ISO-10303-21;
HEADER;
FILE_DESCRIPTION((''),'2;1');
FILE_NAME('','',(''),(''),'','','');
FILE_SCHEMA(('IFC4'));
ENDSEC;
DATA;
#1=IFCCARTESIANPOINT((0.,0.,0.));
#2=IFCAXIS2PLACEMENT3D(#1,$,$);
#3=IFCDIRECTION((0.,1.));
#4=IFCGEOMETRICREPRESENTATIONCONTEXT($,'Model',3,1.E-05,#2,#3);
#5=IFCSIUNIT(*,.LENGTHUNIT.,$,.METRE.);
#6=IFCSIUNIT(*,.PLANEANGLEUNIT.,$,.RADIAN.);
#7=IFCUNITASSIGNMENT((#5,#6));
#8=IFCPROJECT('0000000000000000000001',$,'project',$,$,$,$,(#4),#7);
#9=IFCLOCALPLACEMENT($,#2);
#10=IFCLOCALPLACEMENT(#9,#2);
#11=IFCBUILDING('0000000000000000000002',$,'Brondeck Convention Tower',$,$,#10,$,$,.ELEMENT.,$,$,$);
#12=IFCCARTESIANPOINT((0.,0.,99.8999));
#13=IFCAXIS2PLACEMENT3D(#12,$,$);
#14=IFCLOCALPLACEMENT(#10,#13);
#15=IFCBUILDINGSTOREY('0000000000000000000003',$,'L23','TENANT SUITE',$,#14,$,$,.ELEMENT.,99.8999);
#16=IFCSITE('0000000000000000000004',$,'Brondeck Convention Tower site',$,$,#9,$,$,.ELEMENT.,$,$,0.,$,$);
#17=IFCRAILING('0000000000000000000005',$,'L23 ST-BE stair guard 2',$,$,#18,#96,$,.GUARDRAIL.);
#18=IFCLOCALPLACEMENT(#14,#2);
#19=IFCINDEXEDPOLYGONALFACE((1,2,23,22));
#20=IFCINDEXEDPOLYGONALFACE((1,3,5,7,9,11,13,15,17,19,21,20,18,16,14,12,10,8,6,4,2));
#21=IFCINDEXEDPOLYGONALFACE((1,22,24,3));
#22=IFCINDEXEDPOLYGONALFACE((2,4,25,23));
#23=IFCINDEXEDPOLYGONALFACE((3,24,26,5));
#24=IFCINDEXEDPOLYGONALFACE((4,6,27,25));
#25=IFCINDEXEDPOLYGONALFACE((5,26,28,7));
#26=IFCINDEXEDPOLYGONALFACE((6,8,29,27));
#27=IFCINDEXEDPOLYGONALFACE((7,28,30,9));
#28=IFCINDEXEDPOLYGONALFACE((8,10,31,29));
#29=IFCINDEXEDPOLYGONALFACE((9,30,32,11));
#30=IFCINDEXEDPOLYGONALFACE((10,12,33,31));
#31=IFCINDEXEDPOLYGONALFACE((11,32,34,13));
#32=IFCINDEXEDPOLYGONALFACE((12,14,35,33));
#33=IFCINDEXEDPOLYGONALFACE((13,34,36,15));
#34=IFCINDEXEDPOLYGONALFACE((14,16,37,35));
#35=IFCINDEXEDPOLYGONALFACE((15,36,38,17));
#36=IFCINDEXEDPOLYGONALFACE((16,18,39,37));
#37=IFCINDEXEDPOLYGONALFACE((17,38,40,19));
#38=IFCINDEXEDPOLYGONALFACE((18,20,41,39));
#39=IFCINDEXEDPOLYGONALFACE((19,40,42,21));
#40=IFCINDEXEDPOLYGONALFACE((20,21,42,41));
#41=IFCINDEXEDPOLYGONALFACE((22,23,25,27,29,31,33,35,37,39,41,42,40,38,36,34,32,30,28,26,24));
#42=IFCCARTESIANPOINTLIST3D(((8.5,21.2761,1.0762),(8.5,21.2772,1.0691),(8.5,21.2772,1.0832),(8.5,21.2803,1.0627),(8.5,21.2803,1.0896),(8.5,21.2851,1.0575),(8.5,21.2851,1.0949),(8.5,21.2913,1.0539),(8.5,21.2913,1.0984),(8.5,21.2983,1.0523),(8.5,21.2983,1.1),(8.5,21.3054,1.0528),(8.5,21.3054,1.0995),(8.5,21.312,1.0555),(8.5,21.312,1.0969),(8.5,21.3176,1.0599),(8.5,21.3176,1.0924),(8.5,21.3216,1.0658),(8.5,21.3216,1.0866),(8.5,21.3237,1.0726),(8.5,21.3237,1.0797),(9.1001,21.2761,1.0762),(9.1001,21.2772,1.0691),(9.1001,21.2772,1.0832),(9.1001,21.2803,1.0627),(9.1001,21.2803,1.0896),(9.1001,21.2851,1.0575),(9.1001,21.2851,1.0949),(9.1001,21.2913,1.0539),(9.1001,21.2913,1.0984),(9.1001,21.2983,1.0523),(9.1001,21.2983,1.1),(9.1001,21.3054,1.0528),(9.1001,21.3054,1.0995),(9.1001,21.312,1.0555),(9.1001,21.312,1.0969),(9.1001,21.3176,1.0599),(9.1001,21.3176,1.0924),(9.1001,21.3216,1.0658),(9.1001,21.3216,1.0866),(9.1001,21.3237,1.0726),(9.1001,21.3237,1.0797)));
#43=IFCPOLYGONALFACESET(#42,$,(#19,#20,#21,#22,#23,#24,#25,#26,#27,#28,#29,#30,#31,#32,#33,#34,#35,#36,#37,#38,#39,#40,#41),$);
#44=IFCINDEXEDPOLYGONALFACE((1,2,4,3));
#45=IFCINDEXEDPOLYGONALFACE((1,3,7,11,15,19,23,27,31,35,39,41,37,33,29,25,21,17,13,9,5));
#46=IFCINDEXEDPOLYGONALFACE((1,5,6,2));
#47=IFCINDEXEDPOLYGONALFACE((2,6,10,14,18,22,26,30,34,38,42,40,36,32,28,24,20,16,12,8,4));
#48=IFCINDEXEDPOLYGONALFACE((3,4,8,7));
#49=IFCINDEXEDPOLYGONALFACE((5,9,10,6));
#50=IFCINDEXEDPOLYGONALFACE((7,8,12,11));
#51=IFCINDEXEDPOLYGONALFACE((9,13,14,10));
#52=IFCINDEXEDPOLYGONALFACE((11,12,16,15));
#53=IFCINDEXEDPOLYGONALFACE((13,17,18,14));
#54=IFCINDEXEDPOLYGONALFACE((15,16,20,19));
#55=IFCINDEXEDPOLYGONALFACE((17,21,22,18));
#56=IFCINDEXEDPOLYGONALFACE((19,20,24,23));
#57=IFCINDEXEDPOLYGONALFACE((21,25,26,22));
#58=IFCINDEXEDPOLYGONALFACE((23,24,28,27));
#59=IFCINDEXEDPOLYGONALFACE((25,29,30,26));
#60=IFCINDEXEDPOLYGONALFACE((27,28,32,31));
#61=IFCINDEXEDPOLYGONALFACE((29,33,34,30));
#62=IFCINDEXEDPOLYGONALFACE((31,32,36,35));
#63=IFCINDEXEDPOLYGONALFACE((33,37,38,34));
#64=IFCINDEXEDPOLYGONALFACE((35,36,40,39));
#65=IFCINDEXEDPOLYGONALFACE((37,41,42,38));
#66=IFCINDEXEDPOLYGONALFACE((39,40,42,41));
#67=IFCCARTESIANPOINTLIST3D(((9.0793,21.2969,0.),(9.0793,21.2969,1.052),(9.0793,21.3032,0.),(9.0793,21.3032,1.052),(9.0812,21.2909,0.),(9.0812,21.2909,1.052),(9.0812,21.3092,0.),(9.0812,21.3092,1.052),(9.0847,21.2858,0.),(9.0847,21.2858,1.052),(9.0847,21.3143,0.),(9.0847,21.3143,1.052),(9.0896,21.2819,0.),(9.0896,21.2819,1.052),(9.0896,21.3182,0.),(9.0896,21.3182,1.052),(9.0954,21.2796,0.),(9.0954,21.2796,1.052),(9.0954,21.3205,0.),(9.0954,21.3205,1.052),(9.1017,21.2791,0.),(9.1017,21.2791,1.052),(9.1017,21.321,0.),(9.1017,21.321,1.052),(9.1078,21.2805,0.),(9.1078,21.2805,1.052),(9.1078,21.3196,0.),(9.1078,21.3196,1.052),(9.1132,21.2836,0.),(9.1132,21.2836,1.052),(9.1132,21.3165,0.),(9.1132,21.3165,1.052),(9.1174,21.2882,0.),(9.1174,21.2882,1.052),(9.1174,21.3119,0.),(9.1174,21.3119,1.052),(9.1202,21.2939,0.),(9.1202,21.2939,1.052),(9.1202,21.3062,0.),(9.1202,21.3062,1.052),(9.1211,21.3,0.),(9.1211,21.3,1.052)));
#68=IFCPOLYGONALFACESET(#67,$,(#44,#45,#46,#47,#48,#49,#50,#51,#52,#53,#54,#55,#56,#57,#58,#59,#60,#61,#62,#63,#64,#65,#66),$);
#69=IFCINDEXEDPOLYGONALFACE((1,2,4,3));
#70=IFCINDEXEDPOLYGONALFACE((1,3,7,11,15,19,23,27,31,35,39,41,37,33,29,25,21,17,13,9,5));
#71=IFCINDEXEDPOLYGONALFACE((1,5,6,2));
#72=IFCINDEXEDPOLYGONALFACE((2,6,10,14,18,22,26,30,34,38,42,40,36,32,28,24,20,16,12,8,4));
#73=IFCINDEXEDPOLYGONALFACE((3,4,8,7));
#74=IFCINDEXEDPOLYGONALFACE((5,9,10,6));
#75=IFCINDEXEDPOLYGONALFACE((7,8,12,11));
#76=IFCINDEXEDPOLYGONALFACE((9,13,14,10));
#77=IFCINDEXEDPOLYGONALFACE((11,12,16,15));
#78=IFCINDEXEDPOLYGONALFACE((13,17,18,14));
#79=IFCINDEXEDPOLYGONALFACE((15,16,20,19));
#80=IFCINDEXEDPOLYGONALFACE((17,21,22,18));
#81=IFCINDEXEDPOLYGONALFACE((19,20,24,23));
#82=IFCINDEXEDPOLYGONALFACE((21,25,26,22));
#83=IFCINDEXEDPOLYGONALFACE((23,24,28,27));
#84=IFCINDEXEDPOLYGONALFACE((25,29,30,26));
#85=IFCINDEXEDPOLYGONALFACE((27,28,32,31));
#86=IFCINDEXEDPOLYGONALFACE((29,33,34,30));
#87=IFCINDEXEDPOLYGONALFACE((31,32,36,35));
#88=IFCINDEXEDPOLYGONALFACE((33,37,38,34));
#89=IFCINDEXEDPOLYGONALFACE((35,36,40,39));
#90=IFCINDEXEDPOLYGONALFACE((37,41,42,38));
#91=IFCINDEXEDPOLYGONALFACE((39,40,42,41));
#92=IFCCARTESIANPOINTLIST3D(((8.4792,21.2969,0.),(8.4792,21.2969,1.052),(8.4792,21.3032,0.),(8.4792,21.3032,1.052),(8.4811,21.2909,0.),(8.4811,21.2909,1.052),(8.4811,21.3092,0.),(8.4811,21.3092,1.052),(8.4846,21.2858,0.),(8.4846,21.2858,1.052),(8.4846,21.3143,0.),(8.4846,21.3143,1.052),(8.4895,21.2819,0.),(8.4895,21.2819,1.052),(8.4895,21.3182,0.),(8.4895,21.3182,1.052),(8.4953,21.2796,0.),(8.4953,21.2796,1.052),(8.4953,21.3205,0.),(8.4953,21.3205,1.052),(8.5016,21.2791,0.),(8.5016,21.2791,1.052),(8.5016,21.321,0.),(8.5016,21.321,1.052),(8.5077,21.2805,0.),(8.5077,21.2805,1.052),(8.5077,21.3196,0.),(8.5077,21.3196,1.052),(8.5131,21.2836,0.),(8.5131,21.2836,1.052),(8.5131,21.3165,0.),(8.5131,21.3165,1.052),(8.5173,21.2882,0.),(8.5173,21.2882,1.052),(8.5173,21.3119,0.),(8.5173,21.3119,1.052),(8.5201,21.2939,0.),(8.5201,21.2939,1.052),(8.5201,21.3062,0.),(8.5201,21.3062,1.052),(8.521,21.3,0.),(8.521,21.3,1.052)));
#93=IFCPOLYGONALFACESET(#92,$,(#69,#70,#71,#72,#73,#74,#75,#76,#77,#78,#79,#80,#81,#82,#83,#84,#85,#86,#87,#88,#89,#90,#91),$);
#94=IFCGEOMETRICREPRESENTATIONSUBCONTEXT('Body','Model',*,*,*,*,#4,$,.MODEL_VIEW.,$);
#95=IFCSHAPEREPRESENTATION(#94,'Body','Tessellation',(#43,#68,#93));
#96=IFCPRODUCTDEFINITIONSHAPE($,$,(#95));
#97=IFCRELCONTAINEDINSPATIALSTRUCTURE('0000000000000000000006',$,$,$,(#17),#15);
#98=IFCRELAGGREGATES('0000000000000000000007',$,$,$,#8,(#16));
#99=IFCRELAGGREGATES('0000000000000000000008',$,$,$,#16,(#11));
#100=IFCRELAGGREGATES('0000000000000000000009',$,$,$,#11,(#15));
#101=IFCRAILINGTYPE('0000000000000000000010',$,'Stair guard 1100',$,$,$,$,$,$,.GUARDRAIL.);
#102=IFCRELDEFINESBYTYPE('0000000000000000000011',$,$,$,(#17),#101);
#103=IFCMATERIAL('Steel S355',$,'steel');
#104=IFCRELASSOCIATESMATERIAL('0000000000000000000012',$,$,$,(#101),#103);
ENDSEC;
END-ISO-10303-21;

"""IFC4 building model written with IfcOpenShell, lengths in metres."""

from ifc_helpers import new_model, si_unit, direction, frame, origin, origin_2d, place, context, subcontext, project, spatial, circle, extrude, material, type_object, element, save


model = new_model("IFC4")

# Units and contexts
model_context = context("Model", 3, precision=1e-05, world=origin(), true_north=direction((0.0, 1.0)))
body_context = subcontext(model_context, "Body", "Model", "MODEL_VIEW")
ifc_project = project(units=[si_unit("LENGTHUNIT", "METRE"), si_unit("PLANEANGLEUNIT", "RADIAN")], contexts=[model_context])

# Site, building, storey
site_placement = place(None, origin())
site = spatial("IfcSite", under=ifc_project, at=site_placement, Name="Brondeck Convention Tower site", CompositionType="ELEMENT", RefElevation=0.0)
building_placement = place(site_placement, origin())
building = spatial("IfcBuilding", under=site, at=building_placement, Name="Brondeck Convention Tower", CompositionType="ELEMENT")
storey_placement = place(building_placement, frame((0.0, 0.0, 99.8999)))
storey = spatial("IfcBuildingStorey", under=building, at=storey_placement, Name="L23", Description="TENANT SUITE", CompositionType="ELEMENT", Elevation=99.8999)

# Shared definitions
ifc_material_1 = material(Name="Steel S355", Category="steel")

# Railing
railing_type_1 = type_object("IfcRailingType", Name="Stair guard 1100", PredefinedType="GUARDRAIL", material=ifc_material_1)
railing_1_placement = place(storey_placement, frame((9.1001, 21.3, 0.0)))
element("IfcRailing", 1, at=railing_1_placement, inside=storey, type_object=railing_type_1, Name="L23 ST-BE stair guard 2", PredefinedType="GUARDRAIL", context=body_context, shape_type="SweptSolid", body=[
    extrude(circle(Radius=0.0239, at=origin_2d()), frame((0.0, 0.0, 1.0762), z_axis=(-1.0, 0.0, 0.0), x_axis=(0.0, -1.0, 0.0)), (0.0, 0.0, 1.0), 0.6001),
    extrude(circle(Radius=0.021, at=origin_2d()), origin(), (0.0, 0.0, 1.0), 1.052),
    extrude(circle(Radius=0.021, at=origin_2d()), frame((-0.6001, 0.0, 0.0)), (0.0, 0.0, 1.0), 1.052),
])

save(model, "model.ifc")
